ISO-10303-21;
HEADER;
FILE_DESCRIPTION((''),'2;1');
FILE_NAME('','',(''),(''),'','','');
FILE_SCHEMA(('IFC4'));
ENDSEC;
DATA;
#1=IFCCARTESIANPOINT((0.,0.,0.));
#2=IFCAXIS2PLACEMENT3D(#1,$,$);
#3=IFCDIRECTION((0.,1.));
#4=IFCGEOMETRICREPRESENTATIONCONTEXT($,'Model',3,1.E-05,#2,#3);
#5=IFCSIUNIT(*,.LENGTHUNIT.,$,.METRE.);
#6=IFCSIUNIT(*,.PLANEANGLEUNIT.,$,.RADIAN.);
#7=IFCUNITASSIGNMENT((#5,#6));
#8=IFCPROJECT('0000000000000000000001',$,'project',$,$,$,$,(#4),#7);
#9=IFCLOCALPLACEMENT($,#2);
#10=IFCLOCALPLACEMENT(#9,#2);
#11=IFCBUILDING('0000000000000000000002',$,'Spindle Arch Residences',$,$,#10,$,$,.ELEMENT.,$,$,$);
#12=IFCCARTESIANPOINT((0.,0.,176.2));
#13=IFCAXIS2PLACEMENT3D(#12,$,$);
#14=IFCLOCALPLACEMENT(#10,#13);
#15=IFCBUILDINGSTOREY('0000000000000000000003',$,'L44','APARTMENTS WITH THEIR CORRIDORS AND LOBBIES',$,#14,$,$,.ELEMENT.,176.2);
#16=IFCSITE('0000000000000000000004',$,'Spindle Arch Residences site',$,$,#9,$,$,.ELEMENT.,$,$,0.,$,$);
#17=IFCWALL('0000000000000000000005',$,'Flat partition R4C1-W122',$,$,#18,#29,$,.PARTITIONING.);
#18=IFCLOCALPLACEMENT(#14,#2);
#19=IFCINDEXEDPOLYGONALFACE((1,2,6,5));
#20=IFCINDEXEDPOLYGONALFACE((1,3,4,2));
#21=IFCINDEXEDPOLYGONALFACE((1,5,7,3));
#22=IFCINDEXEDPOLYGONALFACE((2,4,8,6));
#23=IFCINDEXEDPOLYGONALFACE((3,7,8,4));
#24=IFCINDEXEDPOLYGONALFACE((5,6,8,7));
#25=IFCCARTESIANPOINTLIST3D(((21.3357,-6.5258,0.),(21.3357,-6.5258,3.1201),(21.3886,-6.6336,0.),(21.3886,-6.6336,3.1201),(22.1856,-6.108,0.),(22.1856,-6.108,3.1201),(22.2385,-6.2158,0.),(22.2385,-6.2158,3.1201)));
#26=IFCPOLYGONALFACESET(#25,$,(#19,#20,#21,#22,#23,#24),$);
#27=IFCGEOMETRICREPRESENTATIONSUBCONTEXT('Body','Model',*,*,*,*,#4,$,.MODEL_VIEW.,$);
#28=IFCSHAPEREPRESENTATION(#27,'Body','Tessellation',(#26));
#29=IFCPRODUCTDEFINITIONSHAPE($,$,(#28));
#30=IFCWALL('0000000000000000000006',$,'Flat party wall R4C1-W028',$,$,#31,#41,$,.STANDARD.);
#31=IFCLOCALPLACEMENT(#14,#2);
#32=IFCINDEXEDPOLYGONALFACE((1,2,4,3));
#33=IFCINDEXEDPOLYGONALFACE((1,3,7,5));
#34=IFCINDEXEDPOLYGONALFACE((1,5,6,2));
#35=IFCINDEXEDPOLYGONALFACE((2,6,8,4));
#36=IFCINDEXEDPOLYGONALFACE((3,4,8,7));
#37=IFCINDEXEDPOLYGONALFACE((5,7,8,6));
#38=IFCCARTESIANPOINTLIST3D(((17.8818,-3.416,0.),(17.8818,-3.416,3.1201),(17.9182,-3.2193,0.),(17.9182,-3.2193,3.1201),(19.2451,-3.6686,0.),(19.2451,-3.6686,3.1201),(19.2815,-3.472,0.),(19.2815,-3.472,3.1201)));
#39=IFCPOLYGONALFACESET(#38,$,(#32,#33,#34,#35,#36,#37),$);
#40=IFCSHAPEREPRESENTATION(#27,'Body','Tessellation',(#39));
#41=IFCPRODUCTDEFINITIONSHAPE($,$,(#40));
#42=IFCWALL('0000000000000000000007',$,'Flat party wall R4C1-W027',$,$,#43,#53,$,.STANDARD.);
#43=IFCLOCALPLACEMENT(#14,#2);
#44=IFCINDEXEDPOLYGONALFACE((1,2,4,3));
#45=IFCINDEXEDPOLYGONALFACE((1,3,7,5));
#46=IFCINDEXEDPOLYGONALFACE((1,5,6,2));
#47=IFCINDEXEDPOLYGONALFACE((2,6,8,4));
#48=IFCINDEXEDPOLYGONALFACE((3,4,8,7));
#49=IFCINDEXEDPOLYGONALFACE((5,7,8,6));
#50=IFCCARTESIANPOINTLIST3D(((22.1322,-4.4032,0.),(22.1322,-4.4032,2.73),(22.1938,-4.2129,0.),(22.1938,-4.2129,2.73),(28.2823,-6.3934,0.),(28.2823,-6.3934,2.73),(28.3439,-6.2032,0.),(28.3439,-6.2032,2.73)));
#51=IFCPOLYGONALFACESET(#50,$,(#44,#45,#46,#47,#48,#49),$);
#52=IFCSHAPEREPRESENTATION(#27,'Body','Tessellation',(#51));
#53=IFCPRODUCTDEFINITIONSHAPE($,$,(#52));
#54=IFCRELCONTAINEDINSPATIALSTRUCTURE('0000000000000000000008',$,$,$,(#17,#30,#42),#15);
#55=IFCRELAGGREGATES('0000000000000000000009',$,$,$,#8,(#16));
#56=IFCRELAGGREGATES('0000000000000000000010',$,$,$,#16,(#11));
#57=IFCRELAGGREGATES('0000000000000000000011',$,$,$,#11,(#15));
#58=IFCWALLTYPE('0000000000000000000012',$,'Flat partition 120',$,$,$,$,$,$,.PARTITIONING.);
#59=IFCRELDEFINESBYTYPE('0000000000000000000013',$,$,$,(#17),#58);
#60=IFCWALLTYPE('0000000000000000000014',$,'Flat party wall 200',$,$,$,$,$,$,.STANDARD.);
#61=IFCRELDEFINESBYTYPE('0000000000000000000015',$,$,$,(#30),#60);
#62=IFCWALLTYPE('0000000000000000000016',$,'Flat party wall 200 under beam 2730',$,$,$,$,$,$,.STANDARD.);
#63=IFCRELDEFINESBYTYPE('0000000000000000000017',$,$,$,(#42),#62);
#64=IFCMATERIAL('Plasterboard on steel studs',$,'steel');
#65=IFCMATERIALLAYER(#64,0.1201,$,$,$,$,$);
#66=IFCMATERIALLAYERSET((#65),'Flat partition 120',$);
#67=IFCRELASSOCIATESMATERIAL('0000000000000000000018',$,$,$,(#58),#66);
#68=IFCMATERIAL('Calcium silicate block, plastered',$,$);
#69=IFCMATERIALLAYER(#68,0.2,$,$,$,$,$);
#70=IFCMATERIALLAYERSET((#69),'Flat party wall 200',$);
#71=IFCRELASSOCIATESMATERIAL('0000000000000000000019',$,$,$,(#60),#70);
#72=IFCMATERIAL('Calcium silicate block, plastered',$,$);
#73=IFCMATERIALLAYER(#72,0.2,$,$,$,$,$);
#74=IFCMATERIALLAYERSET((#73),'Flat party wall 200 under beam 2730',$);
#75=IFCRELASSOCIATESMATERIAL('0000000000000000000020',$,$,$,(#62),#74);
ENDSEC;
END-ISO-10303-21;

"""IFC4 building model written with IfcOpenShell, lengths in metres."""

from ifc_helpers import new_model, si_unit, direction, frame, frame_2d, origin, place, context, subcontext, project, spatial, rectangle, extrude, material, layer, layer_set, type_object, element, save


model = new_model("IFC4")

# Units and contexts
model_context = context("Model", 3, precision=1e-05, world=origin(), true_north=direction((0.0, 1.0)))
body_context = subcontext(model_context, "Body", "Model", "MODEL_VIEW")
ifc_project = project(units=[si_unit("LENGTHUNIT", "METRE"), si_unit("PLANEANGLEUNIT", "RADIAN")], contexts=[model_context])

# Site, building, storey
site_placement = place(None, origin())
site = spatial("IfcSite", under=ifc_project, at=site_placement, Name="Spindle Arch Residences site", CompositionType="ELEMENT", RefElevation=0.0)
building_placement = place(site_placement, origin())
building = spatial("IfcBuilding", under=site, at=building_placement, Name="Spindle Arch Residences", CompositionType="ELEMENT")
storey_placement = place(building_placement, frame((0.0, 0.0, 176.2)))
storey = spatial("IfcBuildingStorey", under=building, at=storey_placement, Name="L44", Description="APARTMENTS WITH THEIR CORRIDORS AND LOBBIES", CompositionType="ELEMENT", Elevation=176.2)

# Shared definitions
ifc_material_1 = material(Name="Plasterboard on steel studs", Category="steel")
ifc_layer_1 = layer(ifc_material_1, 0.1201)
ifc_layer_set_1 = layer_set([ifc_layer_1], Name="Flat partition 120")
wall_type_1 = type_object("IfcWallType", Name="Flat partition 120", PredefinedType="PARTITIONING", material=ifc_layer_set_1)

# Walls
wall_1_placement = place(storey_placement, frame((22.2122, -6.1619, 0.0), z_axis=(0.0, 0.0, 1.0), x_axis=(-0.897449, -0.441119, 0.0)))
element("IfcWall", 1, at=wall_1_placement, inside=storey, type_object=wall_type_1, Name="Flat partition R4C1-W122", PredefinedType="PARTITIONING", context=body_context, shape_type="SweptSolid", body=[
    extrude(rectangle(XDim=0.947, YDim=0.1201, at=frame_2d((0.4736, 0.0))), origin(), (0.0, 0.0, 1.0), 3.1201),
])
ifc_material_2 = material(Name="Calcium silicate block, plastered")
ifc_layer_2 = layer(ifc_material_2, 0.2)
ifc_layer_set_2 = layer_set([ifc_layer_2], Name="Flat party wall 200")
wall_type_2 = type_object("IfcWallType", Name="Flat party wall 200", PredefinedType="STANDARD", material=ifc_layer_set_2)
wall_2_placement = place(storey_placement, frame((17.8999, -3.3176, 0.0), z_axis=(0.0, 0.0, 1.0), x_axis=(0.983253, -0.182247, 0.0)))
element("IfcWall", 2, at=wall_2_placement, inside=storey, type_object=wall_type_2, Name="Flat party wall R4C1-W028", PredefinedType="STANDARD", context=body_context, shape_type="SweptSolid", body=[
    extrude(rectangle(XDim=1.3865, YDim=0.2, at=frame_2d((0.6934, 0.0))), origin(), (0.0, 0.0, 1.0), 3.1201),
])
ifc_material_3 = material(Name="Calcium silicate block, plastered")
ifc_layer_3 = layer(ifc_material_3, 0.2)
ifc_layer_set_3 = layer_set([ifc_layer_3], Name="Flat party wall 200 under beam 2730")
wall_type_3 = type_object("IfcWallType", Name="Flat party wall 200 under beam 2730", PredefinedType="STANDARD", material=ifc_layer_set_3)
wall_3_placement = place(storey_placement, frame((22.1631, -4.3081, 0.0), z_axis=(0.0, 0.0, 1.0), x_axis=(0.951423, -0.307888, 0.0)))
element("IfcWall", 3, at=wall_3_placement, inside=storey, type_object=wall_type_3, Name="Flat party wall R4C1-W027", PredefinedType="STANDARD", context=body_context, shape_type="SweptSolid", body=[
    extrude(rectangle(XDim=6.4641, YDim=0.2, at=frame_2d((3.2319, 0.0))), origin(), (0.0, 0.0, 1.0), 2.73),
])

save(model, "model.ifc")
